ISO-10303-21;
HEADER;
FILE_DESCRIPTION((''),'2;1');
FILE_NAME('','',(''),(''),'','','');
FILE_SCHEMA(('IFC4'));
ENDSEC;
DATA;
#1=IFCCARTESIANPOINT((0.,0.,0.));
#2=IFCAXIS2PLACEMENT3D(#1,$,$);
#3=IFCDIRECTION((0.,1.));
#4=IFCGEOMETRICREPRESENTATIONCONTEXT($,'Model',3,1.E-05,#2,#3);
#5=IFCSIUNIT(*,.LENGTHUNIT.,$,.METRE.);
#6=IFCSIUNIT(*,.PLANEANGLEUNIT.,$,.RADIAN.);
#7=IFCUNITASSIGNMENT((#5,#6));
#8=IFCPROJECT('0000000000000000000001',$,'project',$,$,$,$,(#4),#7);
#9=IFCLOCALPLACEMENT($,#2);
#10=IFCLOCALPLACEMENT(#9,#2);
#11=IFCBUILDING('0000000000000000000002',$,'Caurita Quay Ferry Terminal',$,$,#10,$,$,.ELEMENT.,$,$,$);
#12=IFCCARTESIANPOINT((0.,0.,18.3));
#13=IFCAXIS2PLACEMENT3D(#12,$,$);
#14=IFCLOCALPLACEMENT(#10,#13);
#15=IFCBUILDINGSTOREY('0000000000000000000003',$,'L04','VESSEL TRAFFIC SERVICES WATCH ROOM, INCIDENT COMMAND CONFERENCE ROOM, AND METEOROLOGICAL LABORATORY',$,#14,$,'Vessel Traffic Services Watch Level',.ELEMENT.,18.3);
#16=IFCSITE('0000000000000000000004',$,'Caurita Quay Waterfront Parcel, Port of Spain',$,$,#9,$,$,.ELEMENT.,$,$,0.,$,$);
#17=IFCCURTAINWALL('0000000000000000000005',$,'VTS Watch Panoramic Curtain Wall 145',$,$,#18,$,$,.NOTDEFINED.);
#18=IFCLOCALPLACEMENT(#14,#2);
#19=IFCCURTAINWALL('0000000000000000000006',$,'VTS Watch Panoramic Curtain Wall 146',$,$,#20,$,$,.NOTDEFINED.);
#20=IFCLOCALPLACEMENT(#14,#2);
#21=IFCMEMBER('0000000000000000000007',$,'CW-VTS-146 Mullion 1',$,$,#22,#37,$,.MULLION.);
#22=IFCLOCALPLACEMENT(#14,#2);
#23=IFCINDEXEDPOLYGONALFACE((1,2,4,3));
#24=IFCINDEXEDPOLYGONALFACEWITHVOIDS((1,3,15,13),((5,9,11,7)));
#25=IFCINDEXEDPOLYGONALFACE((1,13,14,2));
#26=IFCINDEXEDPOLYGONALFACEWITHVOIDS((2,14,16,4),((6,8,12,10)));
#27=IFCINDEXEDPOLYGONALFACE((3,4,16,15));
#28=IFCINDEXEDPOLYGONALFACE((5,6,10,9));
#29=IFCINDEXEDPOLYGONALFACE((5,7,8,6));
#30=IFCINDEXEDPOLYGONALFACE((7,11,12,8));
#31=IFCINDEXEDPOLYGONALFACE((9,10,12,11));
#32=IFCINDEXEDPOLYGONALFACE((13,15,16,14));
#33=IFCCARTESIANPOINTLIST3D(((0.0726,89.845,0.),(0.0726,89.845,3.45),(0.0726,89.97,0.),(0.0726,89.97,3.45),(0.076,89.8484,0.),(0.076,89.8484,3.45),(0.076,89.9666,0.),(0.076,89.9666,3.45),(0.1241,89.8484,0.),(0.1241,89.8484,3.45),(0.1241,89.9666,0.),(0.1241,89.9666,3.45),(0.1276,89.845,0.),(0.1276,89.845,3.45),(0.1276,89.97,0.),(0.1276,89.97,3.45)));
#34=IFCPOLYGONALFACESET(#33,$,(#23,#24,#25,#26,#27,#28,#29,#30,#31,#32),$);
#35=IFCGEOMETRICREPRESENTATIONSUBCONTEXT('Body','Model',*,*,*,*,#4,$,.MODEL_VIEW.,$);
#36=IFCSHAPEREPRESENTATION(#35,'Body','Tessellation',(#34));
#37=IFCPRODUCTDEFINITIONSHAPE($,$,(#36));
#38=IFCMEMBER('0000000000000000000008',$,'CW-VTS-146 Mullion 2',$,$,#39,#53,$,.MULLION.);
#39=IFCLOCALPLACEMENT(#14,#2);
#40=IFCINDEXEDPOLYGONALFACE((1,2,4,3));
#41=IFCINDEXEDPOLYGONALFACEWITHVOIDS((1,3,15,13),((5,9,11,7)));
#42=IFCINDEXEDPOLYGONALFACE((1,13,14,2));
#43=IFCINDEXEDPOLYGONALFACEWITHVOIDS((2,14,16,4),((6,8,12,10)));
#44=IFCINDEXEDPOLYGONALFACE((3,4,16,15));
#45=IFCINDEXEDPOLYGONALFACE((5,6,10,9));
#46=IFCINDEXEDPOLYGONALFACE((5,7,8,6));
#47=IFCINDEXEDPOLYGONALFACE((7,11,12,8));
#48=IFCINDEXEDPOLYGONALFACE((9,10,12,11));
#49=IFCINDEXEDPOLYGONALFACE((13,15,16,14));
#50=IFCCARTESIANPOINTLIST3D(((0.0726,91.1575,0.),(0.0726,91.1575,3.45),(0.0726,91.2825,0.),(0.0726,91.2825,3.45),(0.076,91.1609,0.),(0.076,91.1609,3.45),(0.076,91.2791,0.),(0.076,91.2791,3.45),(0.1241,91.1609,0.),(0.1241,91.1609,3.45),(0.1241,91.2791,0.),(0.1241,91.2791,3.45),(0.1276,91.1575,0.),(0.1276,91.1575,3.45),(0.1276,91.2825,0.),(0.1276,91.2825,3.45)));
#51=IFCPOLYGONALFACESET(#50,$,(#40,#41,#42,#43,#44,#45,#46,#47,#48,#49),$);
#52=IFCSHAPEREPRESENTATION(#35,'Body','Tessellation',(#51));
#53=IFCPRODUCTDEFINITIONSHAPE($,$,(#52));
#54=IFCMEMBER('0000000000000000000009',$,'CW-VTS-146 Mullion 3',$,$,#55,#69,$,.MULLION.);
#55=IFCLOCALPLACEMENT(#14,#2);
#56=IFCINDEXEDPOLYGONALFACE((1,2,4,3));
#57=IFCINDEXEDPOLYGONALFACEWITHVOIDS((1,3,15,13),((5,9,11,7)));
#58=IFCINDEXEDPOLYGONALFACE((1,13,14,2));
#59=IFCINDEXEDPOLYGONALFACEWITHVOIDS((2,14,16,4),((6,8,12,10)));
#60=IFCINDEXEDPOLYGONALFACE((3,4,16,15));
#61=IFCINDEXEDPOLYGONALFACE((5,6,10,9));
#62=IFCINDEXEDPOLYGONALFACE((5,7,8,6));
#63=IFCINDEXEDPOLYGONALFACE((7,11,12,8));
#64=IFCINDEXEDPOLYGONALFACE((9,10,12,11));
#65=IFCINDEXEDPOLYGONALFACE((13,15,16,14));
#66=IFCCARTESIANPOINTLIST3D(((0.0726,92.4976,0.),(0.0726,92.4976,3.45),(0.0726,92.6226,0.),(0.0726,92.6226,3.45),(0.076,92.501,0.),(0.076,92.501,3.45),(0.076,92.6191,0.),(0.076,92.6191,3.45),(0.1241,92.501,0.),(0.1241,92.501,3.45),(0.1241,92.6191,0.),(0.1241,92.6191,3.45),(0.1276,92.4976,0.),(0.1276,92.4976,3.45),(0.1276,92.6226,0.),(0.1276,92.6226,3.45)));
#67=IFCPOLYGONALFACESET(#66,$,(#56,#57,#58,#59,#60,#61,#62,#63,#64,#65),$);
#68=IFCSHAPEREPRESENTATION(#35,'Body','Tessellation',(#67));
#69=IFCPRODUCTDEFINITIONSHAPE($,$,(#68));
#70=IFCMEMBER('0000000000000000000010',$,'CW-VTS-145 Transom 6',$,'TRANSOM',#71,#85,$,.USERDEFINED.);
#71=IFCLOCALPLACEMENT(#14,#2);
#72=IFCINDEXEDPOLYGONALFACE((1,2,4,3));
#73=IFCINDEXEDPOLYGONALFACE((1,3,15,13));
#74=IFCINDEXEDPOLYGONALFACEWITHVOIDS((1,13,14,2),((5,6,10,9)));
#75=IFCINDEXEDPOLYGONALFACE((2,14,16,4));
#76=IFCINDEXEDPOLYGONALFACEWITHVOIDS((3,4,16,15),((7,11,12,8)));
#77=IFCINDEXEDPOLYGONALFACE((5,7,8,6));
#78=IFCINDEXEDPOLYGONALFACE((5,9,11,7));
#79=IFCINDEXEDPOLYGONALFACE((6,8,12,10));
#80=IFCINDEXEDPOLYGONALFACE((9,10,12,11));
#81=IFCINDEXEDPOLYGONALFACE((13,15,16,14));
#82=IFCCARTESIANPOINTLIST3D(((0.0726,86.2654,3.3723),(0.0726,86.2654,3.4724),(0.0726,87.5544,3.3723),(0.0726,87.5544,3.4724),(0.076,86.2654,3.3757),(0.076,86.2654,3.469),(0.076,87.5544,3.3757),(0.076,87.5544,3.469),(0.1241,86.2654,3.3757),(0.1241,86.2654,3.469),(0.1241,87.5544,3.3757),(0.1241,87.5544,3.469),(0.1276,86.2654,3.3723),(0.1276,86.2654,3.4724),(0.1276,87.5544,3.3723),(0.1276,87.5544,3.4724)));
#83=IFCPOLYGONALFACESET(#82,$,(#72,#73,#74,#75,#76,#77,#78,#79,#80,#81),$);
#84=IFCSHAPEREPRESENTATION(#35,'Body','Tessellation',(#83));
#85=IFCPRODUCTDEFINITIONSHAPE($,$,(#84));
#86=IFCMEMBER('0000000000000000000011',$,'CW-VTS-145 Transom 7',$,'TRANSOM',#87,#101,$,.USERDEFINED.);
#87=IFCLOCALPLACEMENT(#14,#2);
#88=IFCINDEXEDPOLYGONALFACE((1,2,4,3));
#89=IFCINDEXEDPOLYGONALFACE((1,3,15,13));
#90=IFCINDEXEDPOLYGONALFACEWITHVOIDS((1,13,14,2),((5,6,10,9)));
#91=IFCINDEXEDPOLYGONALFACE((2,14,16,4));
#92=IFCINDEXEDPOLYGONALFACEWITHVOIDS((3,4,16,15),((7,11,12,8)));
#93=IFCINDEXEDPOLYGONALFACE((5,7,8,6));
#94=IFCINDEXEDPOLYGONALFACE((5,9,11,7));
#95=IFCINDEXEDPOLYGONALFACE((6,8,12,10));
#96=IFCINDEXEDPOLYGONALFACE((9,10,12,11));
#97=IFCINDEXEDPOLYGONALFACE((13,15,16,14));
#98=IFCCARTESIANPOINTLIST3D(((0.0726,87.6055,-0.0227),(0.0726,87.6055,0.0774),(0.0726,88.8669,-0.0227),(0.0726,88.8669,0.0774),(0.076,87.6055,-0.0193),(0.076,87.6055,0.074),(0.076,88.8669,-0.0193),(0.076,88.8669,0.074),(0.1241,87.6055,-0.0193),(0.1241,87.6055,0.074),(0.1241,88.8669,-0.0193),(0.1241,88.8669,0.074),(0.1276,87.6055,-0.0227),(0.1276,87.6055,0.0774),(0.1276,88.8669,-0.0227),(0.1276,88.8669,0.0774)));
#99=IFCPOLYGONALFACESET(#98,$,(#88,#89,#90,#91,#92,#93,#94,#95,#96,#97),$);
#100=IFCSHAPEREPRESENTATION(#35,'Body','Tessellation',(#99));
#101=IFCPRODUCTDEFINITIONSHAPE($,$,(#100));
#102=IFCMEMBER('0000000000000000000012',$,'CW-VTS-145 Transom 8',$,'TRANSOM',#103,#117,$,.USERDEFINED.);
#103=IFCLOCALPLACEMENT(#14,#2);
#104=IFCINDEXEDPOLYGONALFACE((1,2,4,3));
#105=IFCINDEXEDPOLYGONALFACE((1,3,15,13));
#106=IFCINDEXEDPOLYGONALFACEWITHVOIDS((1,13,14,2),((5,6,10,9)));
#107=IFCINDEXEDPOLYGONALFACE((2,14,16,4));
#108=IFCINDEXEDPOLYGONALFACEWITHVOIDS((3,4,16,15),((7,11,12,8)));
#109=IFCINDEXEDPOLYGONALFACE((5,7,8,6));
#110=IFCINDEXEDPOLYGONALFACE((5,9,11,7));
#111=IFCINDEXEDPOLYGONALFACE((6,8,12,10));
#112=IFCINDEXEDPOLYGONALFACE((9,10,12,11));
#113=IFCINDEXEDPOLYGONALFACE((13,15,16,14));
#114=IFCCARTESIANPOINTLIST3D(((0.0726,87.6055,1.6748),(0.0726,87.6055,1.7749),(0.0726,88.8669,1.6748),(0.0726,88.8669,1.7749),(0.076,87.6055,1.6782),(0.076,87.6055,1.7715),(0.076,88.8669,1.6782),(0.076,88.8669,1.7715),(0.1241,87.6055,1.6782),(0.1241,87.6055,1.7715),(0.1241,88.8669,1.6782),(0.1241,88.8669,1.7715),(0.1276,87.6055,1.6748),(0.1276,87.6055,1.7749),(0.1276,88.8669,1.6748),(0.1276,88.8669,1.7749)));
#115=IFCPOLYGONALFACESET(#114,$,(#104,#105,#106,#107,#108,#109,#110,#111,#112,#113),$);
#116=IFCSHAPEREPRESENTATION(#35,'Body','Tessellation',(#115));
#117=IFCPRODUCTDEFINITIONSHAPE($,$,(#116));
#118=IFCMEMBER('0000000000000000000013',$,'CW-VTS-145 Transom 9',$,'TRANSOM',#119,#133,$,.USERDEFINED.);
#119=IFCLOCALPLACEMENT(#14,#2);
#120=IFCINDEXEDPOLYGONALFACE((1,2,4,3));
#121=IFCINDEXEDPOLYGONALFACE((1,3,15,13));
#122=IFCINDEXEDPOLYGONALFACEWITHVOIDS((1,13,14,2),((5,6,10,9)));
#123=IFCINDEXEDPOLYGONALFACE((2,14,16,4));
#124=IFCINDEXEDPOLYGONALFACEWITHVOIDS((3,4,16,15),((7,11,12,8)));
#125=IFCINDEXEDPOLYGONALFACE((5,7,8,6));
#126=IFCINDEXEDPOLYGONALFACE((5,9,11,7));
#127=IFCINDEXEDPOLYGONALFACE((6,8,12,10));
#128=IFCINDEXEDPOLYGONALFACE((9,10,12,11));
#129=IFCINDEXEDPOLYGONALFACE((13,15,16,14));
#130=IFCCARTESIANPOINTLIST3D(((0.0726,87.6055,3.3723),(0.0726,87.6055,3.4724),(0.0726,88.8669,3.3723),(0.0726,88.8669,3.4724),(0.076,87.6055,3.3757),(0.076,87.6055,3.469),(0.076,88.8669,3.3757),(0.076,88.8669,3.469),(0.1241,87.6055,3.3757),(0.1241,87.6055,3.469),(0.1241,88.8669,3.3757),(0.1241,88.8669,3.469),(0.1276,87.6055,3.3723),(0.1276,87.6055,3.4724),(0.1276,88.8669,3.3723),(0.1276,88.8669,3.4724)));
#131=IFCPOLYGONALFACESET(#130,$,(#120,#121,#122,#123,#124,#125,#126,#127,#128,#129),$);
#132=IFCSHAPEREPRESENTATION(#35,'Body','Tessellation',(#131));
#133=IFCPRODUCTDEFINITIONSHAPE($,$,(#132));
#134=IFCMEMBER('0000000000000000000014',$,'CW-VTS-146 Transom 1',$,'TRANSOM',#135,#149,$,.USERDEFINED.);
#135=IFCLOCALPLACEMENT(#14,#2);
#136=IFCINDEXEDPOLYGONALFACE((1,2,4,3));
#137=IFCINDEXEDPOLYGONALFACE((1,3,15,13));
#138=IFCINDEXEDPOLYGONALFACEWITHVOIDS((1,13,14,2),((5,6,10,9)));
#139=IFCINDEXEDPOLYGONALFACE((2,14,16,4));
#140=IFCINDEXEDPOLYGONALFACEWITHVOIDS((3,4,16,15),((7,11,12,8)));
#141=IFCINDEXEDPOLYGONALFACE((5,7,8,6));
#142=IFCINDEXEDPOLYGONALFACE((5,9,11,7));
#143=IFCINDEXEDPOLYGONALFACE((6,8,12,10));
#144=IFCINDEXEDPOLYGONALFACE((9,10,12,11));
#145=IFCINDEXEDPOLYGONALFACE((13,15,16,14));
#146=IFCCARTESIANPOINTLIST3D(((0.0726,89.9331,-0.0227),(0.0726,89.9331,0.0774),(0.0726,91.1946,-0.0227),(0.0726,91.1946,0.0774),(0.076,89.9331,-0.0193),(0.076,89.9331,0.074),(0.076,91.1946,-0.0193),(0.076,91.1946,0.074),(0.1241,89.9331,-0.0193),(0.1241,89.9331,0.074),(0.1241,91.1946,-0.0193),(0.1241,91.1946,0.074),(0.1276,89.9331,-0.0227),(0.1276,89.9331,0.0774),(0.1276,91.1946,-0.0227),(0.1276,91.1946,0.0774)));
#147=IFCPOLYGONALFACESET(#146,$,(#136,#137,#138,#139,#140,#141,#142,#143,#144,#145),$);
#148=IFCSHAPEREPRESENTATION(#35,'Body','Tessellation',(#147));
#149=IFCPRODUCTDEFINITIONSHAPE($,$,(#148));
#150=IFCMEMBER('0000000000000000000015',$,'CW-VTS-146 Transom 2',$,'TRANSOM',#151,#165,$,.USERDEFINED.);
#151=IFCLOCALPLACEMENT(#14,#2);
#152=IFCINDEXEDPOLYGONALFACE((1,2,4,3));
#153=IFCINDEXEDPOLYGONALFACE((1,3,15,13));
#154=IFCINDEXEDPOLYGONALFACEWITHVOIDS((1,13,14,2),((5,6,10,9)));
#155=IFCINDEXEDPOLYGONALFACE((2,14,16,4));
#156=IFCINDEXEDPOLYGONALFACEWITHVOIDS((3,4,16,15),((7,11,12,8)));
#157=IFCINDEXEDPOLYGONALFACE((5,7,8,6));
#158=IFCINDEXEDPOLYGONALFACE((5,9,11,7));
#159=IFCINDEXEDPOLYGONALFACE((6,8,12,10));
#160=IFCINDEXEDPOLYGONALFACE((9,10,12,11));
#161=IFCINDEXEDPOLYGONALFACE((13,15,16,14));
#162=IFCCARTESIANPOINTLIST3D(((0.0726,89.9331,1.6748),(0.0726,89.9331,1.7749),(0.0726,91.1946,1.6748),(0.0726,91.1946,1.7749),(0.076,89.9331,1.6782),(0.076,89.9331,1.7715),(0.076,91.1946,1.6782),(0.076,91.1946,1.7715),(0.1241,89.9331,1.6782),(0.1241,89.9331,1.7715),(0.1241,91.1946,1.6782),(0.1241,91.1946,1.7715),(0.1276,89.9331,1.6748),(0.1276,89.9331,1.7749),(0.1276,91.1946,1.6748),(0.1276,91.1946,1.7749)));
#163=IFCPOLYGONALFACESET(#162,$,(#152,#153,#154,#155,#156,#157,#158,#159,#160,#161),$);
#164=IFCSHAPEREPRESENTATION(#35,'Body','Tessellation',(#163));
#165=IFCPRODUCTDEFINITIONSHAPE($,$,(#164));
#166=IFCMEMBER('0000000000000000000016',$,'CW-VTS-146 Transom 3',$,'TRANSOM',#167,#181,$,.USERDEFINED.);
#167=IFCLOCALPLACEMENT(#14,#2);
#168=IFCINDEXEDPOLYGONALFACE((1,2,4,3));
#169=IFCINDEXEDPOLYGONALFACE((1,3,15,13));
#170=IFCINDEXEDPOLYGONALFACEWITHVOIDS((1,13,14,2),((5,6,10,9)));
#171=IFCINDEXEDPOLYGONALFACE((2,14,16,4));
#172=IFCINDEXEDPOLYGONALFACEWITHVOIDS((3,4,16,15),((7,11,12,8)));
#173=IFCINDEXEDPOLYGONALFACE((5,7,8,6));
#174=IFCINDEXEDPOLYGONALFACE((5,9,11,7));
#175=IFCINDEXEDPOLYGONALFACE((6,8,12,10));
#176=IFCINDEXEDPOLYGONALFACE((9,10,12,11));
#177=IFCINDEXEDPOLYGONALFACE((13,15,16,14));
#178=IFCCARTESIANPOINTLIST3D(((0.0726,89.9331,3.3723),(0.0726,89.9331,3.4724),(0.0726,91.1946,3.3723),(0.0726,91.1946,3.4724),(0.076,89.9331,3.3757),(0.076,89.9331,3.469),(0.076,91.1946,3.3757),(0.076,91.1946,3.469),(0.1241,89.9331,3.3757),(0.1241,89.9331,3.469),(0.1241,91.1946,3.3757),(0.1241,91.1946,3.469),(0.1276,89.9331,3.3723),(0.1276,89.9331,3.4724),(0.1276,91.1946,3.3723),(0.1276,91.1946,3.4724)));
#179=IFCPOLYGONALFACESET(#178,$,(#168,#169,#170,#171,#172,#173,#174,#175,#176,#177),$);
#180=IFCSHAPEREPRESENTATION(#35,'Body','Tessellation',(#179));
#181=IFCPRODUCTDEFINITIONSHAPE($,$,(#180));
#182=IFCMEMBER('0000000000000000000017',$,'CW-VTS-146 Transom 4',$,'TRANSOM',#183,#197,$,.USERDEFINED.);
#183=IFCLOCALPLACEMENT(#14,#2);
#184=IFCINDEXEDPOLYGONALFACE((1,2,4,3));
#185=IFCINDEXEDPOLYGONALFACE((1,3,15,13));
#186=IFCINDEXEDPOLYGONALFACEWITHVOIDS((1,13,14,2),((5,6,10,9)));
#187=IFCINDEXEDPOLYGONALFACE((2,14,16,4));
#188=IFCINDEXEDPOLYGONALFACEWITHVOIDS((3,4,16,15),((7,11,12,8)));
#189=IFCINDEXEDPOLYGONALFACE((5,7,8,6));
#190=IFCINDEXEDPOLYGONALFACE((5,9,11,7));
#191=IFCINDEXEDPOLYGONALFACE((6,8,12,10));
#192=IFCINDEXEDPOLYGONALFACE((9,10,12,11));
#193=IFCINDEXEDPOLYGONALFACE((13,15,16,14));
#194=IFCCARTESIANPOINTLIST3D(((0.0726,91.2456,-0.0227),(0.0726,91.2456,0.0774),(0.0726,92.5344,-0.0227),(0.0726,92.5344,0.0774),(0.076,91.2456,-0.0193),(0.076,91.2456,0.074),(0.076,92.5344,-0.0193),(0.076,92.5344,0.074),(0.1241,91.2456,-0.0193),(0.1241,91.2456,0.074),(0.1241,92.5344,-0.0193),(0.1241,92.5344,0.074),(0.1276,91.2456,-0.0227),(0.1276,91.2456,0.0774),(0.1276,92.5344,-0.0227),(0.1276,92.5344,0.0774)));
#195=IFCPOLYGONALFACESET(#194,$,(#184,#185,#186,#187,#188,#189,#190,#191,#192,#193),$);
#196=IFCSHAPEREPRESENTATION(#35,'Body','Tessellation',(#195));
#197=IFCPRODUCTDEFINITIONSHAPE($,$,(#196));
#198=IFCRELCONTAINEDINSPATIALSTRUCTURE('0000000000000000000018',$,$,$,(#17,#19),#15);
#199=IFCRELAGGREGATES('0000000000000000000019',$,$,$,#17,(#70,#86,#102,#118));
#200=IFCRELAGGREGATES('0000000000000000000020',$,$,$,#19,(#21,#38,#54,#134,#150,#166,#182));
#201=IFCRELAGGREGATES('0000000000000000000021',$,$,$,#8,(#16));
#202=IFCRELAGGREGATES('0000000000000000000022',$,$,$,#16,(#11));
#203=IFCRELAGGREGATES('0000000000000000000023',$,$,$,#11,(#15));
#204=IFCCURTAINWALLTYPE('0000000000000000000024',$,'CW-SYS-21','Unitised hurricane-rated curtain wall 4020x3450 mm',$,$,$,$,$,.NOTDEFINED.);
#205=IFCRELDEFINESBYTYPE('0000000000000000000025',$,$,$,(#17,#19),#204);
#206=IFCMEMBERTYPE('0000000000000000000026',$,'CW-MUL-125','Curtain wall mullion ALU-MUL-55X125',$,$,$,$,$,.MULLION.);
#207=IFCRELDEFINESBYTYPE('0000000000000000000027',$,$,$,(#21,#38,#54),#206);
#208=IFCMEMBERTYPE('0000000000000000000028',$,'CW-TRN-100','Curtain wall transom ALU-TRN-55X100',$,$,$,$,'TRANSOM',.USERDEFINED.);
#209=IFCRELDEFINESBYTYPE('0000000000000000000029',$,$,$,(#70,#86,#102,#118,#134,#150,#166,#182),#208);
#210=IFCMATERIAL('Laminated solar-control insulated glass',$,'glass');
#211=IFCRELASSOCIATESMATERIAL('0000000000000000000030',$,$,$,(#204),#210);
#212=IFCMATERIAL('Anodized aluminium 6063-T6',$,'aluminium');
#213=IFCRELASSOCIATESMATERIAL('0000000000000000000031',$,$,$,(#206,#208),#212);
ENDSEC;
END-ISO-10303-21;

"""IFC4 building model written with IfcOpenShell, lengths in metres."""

from ifc_helpers import new_model, si_unit, direction, frame, origin, origin_2d, place, context, subcontext, project, spatial, hollow_rectangle, extrude, material, material_profile, profile_set, type_object, element, aggregate, save


model = new_model("IFC4")

# Units and contexts
model_context = context("Model", 3, precision=1e-05, world=origin(), true_north=direction((0.0, 1.0)))
body_context = subcontext(model_context, "Body", "Model", "MODEL_VIEW")
ifc_project = project(units=[si_unit("LENGTHUNIT", "METRE"), si_unit("PLANEANGLEUNIT", "RADIAN")], contexts=[model_context])

# Site, building, storey
site_placement = place(None, origin())
site = spatial("IfcSite", under=ifc_project, at=site_placement, Name="Caurita Quay Waterfront Parcel, Port of Spain", CompositionType="ELEMENT", RefElevation=0.0)
building_placement = place(site_placement, origin())
building = spatial("IfcBuilding", under=site, at=building_placement, Name="Caurita Quay Ferry Terminal", CompositionType="ELEMENT")
storey_placement = place(building_placement, frame((0.0, 0.0, 18.3)))
storey = spatial("IfcBuildingStorey", under=building, at=storey_placement, Name="L04", Description="VESSEL TRAFFIC SERVICES WATCH ROOM, INCIDENT COMMAND CONFERENCE ROOM, AND METEOROLOGICAL LABORATORY", LongName="Vessel Traffic Services Watch Level", CompositionType="ELEMENT", Elevation=18.3)

# Curtain walls, members
ifc_material_1 = material(Name="Laminated solar-control insulated glass", Category="glass")
curtain_wall_type = type_object("IfcCurtainWallType", Name="CW-SYS-21", Description="Unitised hurricane-rated curtain wall 4020x3450 mm", PredefinedType="NOTDEFINED", material=ifc_material_1)
curtain_wall_1_placement = place(storey_placement, origin())
curtain_wall_1 = element("IfcCurtainWall", 1, at=curtain_wall_1_placement, inside=storey, type_object=curtain_wall_type, Name="VTS Watch Panoramic Curtain Wall 145", PredefinedType="NOTDEFINED")
ifc_material_2 = material(Name="Anodized aluminium 6063-T6", Category="aluminium")
ifc_material_profile_1 = material_profile(ifc_material_2, hollow_rectangle(XDim=0.0549, YDim=0.125, WallThickness=0.0034, at=origin_2d()), Name="ALU-MUL-55X125")
ifc_profile_set_1 = profile_set([ifc_material_profile_1], Name="Anodized aluminium 6063-T6")
member_type_1 = type_object("IfcMemberType", Name="CW-MUL-125", Description="Curtain wall mullion ALU-MUL-55X125", PredefinedType="MULLION", material=ifc_profile_set_1)
curtain_wall_2_placement = place(storey_placement, origin())
curtain_wall_2 = element("IfcCurtainWall", 2, at=curtain_wall_2_placement, inside=storey, type_object=curtain_wall_type, Name="VTS Watch Panoramic Curtain Wall 146", PredefinedType="NOTDEFINED")
member_1_placement = place(storey_placement, frame((0.1001, 89.9075, 0.0), z_axis=(0.0, 0.0, 1.0), x_axis=(-1.0, 0.0, 0.0)))
member_1 = element("IfcMember", 3, at=member_1_placement, type_object=member_type_1, Name="CW-VTS-146 Mullion 1", PredefinedType="MULLION", context=body_context, shape_type="SweptSolid", body=[
    extrude(hollow_rectangle(XDim=0.0549, YDim=0.125, WallThickness=0.0034, at=origin_2d()), origin(), (0.0, 0.0, 1.0), 3.45),
])
member_2_placement = place(storey_placement, frame((0.1001, 91.22, 0.0), z_axis=(0.0, 0.0, 1.0), x_axis=(-1.0, 0.0, 0.0)))
member_2 = element("IfcMember", 4, at=member_2_placement, type_object=member_type_1, Name="CW-VTS-146 Mullion 2", PredefinedType="MULLION", context=body_context, shape_type="SweptSolid", body=[
    extrude(hollow_rectangle(XDim=0.0549, YDim=0.125, WallThickness=0.0034, at=origin_2d()), origin(), (0.0, 0.0, 1.0), 3.45),
])
member_3_placement = place(storey_placement, frame((0.1001, 92.5601, 0.0), z_axis=(0.0, 0.0, 1.0), x_axis=(-1.0, 0.0, 0.0)))
member_3 = element("IfcMember", 5, at=member_3_placement, type_object=member_type_1, Name="CW-VTS-146 Mullion 3", PredefinedType="MULLION", context=body_context, shape_type="SweptSolid", body=[
    extrude(hollow_rectangle(XDim=0.0549, YDim=0.125, WallThickness=0.0034, at=origin_2d()), origin(), (0.0, 0.0, 1.0), 3.45),
])

# Members
ifc_material_profile_2 = material_profile(ifc_material_2, hollow_rectangle(XDim=0.0549, YDim=0.1001, WallThickness=0.0034, at=origin_2d()), Name="ALU-TRN-55X100")
ifc_profile_set_2 = profile_set([ifc_material_profile_2], Name="Anodized aluminium 6063-T6")
member_type_2 = type_object("IfcMemberType", Name="CW-TRN-100", Description="Curtain wall transom ALU-TRN-55X100", ElementType="TRANSOM", PredefinedType="USERDEFINED", material=ifc_profile_set_2)
member_4_placement = place(storey_placement, frame((0.1001, 86.2654, 3.4224), z_axis=(0.0, 1.0, 0.0), x_axis=(-1.0, 0.0, 0.0)))
member_4 = element("IfcMember", 6, at=member_4_placement, type_object=member_type_2, Name="CW-VTS-145 Transom 6", ObjectType="TRANSOM", PredefinedType="USERDEFINED", context=body_context, shape_type="SweptSolid", body=[
    extrude(hollow_rectangle(XDim=0.0549, YDim=0.1001, WallThickness=0.0034, at=origin_2d()), origin(), (0.0, 0.0, 1.0), 1.2891),
])
member_5_placement = place(storey_placement, frame((0.1001, 87.6055, 0.0273), z_axis=(0.0, 1.0, 0.0), x_axis=(-1.0, 0.0, 0.0)))
member_5 = element("IfcMember", 7, at=member_5_placement, type_object=member_type_2, Name="CW-VTS-145 Transom 7", ObjectType="TRANSOM", PredefinedType="USERDEFINED", context=body_context, shape_type="SweptSolid", body=[
    extrude(hollow_rectangle(XDim=0.0549, YDim=0.1001, WallThickness=0.0034, at=origin_2d()), origin(), (0.0, 0.0, 1.0), 1.2615),
])
member_6_placement = place(storey_placement, frame((0.1001, 87.6055, 1.7249), z_axis=(0.0, 1.0, 0.0), x_axis=(-1.0, 0.0, 0.0)))
member_6 = element("IfcMember", 8, at=member_6_placement, type_object=member_type_2, Name="CW-VTS-145 Transom 8", ObjectType="TRANSOM", PredefinedType="USERDEFINED", context=body_context, shape_type="SweptSolid", body=[
    extrude(hollow_rectangle(XDim=0.0549, YDim=0.1001, WallThickness=0.0034, at=origin_2d()), origin(), (0.0, 0.0, 1.0), 1.2615),
])
member_7_placement = place(storey_placement, frame((0.1001, 87.6055, 3.4224), z_axis=(0.0, 1.0, 0.0), x_axis=(-1.0, 0.0, 0.0)))
member_7 = element("IfcMember", 9, at=member_7_placement, type_object=member_type_2, Name="CW-VTS-145 Transom 9", ObjectType="TRANSOM", PredefinedType="USERDEFINED", context=body_context, shape_type="SweptSolid", body=[
    extrude(hollow_rectangle(XDim=0.0549, YDim=0.1001, WallThickness=0.0034, at=origin_2d()), origin(), (0.0, 0.0, 1.0), 1.2615),
])
member_8_placement = place(storey_placement, frame((0.1001, 89.9331, 0.0273), z_axis=(0.0, 1.0, 0.0), x_axis=(-1.0, 0.0, 0.0)))
member_8 = element("IfcMember", 10, at=member_8_placement, type_object=member_type_2, Name="CW-VTS-146 Transom 1", ObjectType="TRANSOM", PredefinedType="USERDEFINED", context=body_context, shape_type="SweptSolid", body=[
    extrude(hollow_rectangle(XDim=0.0549, YDim=0.1001, WallThickness=0.0034, at=origin_2d()), origin(), (0.0, 0.0, 1.0), 1.2615),
])
member_9_placement = place(storey_placement, frame((0.1001, 89.9331, 1.7249), z_axis=(0.0, 1.0, 0.0), x_axis=(-1.0, 0.0, 0.0)))
member_9 = element("IfcMember", 11, at=member_9_placement, type_object=member_type_2, Name="CW-VTS-146 Transom 2", ObjectType="TRANSOM", PredefinedType="USERDEFINED", context=body_context, shape_type="SweptSolid", body=[
    extrude(hollow_rectangle(XDim=0.0549, YDim=0.1001, WallThickness=0.0034, at=origin_2d()), origin(), (0.0, 0.0, 1.0), 1.2615),
])
member_10_placement = place(storey_placement, frame((0.1001, 89.9331, 3.4224), z_axis=(0.0, 1.0, 0.0), x_axis=(-1.0, 0.0, 0.0)))
member_10 = element("IfcMember", 12, at=member_10_placement, type_object=member_type_2, Name="CW-VTS-146 Transom 3", ObjectType="TRANSOM", PredefinedType="USERDEFINED", context=body_context, shape_type="SweptSolid", body=[
    extrude(hollow_rectangle(XDim=0.0549, YDim=0.1001, WallThickness=0.0034, at=origin_2d()), origin(), (0.0, 0.0, 1.0), 1.2615),
])
member_11_placement = place(storey_placement, frame((0.1001, 91.2456, 0.0273), z_axis=(0.0, 1.0, 0.0), x_axis=(-1.0, 0.0, 0.0)))
member_11 = element("IfcMember", 13, at=member_11_placement, type_object=member_type_2, Name="CW-VTS-146 Transom 4", ObjectType="TRANSOM", PredefinedType="USERDEFINED", context=body_context, shape_type="SweptSolid", body=[
    extrude(hollow_rectangle(XDim=0.0549, YDim=0.1001, WallThickness=0.0034, at=origin_2d()), origin(), (0.0, 0.0, 1.0), 1.2888),
])

aggregate(curtain_wall_1, [member_4, member_5, member_6, member_7])
aggregate(curtain_wall_2, [member_1, member_2, member_3, member_8, member_9, member_10, member_11])

save(model, "model.ifc")
